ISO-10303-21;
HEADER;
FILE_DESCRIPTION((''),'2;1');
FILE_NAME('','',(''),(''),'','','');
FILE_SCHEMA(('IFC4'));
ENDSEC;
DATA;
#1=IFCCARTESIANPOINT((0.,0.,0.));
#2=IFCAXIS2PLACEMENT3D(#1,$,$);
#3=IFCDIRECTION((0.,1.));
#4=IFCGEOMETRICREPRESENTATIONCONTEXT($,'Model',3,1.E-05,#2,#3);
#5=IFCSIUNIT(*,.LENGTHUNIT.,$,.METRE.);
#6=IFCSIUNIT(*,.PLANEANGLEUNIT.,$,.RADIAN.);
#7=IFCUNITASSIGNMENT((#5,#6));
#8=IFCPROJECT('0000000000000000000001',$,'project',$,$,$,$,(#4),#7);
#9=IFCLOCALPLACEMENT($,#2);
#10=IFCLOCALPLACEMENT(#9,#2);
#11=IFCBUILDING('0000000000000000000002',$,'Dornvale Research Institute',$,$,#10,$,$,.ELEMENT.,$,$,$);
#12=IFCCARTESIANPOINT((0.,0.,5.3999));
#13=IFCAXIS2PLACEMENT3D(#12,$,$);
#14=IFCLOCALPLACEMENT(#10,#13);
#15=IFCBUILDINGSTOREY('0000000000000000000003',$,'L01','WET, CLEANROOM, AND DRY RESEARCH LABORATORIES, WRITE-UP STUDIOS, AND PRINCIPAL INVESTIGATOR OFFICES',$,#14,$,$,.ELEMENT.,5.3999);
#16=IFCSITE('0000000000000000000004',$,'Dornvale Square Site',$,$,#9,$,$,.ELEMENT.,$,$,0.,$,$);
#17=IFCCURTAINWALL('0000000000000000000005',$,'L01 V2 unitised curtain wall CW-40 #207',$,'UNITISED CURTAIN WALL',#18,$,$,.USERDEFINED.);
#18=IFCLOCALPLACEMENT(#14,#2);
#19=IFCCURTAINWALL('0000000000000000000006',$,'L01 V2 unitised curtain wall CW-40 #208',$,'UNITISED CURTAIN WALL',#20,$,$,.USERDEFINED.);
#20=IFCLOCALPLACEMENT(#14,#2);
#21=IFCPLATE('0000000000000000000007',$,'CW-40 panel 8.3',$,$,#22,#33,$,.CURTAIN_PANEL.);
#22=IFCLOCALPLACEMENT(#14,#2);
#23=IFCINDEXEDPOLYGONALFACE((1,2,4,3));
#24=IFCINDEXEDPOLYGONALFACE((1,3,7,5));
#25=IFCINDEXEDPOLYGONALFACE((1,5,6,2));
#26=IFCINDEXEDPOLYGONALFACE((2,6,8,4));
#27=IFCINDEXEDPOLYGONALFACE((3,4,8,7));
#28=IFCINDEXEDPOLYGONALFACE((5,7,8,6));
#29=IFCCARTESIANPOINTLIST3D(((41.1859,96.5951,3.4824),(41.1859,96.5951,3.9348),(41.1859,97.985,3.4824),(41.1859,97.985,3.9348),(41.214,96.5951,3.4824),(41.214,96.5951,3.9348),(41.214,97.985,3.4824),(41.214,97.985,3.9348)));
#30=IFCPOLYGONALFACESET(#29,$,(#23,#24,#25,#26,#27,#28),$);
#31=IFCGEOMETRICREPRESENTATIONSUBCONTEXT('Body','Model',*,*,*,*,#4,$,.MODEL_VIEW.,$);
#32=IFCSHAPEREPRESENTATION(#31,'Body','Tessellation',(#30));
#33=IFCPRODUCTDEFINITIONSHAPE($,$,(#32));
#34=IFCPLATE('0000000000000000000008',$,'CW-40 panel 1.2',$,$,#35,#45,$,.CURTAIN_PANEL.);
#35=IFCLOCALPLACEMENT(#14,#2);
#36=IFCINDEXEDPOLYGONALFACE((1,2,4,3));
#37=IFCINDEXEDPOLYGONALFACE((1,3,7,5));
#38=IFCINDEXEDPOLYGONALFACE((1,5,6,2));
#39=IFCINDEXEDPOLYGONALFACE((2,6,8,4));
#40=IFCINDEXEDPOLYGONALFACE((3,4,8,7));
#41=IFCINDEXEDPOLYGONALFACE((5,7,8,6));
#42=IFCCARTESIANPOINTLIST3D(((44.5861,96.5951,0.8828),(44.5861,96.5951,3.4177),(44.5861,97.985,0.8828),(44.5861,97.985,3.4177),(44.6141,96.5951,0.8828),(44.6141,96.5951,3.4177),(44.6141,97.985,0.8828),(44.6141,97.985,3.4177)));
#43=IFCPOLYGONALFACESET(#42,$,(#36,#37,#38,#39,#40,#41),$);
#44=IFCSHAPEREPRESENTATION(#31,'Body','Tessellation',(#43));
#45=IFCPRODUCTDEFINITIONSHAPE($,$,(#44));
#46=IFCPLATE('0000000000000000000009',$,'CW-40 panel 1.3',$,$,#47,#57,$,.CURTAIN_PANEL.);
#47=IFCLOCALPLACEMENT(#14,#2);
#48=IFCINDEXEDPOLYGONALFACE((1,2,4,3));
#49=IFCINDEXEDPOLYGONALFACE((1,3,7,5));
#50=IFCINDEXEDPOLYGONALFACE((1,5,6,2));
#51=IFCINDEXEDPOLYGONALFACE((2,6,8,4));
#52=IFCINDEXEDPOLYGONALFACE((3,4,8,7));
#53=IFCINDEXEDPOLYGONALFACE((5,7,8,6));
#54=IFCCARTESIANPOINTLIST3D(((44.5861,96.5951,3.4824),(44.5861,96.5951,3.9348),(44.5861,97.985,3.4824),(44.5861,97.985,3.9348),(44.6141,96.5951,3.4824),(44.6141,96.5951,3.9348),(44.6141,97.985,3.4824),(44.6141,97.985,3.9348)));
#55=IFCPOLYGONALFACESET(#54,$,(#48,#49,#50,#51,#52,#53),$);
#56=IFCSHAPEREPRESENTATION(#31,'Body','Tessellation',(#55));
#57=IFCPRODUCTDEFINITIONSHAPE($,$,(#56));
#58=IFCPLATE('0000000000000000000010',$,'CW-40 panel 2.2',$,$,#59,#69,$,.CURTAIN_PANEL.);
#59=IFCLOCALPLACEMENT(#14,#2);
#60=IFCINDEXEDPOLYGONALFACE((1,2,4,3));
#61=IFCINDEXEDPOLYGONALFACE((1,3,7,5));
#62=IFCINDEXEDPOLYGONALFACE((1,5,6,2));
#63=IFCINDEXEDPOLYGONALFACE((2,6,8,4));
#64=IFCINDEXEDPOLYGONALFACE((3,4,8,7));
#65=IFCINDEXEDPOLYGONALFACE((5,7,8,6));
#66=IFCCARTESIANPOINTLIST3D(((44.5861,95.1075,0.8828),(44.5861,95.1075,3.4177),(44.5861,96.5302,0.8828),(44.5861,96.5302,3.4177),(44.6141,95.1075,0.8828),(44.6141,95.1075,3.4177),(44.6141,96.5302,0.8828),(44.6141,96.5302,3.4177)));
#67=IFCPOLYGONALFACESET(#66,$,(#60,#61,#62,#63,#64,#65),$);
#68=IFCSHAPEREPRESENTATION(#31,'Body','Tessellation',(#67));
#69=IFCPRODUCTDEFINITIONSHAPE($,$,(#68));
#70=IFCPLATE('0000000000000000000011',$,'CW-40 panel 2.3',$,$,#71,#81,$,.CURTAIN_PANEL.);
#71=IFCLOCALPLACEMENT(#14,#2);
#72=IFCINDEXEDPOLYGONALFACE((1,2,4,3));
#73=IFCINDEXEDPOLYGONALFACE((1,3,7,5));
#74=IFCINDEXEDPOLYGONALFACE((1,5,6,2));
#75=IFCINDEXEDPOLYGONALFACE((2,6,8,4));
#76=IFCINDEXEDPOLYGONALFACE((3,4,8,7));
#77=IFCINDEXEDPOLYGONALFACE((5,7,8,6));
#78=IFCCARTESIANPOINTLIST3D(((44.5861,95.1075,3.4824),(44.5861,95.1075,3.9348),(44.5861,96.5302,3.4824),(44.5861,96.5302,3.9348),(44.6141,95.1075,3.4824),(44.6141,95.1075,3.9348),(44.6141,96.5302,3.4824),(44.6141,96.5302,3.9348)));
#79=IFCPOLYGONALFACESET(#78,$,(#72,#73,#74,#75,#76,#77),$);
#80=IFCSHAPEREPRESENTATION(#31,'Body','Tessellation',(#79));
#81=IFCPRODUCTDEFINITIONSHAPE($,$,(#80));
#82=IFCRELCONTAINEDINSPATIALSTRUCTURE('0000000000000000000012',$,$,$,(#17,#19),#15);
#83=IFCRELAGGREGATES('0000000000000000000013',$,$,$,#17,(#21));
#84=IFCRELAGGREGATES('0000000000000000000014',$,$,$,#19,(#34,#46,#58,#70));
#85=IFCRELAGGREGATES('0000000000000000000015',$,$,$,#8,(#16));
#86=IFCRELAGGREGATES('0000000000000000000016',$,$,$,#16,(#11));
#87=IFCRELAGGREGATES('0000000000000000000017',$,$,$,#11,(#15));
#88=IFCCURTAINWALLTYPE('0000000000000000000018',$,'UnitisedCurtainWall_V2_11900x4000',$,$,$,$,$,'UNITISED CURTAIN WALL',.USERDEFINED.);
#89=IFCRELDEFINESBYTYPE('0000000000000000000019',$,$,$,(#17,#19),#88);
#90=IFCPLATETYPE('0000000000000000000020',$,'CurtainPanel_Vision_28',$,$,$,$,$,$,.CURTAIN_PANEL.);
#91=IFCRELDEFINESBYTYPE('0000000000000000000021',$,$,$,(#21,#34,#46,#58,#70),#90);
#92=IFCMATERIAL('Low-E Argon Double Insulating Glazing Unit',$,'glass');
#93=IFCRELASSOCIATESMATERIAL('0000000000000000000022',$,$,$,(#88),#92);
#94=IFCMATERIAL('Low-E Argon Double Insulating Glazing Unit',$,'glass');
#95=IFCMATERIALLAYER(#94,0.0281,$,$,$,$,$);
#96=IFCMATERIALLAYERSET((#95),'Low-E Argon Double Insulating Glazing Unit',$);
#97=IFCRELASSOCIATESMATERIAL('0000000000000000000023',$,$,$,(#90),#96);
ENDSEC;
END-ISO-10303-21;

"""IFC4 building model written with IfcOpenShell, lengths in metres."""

from ifc_helpers import new_model, si_unit, direction, frame, origin, origin_2d, place, context, subcontext, project, spatial, rectangle, extrude, material, layer, layer_set, type_object, element, aggregate, save


model = new_model("IFC4")

# Units and contexts
model_context = context("Model", 3, precision=1e-05, world=origin(), true_north=direction((0.0, 1.0)))
body_context = subcontext(model_context, "Body", "Model", "MODEL_VIEW")
ifc_project = project(units=[si_unit("LENGTHUNIT", "METRE"), si_unit("PLANEANGLEUNIT", "RADIAN")], contexts=[model_context])

# Site, building, storey
site_placement = place(None, origin())
site = spatial("IfcSite", under=ifc_project, at=site_placement, Name="Dornvale Square Site", CompositionType="ELEMENT", RefElevation=0.0)
building_placement = place(site_placement, origin())
building = spatial("IfcBuilding", under=site, at=building_placement, Name="Dornvale Research Institute", CompositionType="ELEMENT")
storey_placement = place(building_placement, frame((0.0, 0.0, 5.3999)))
storey = spatial("IfcBuildingStorey", under=building, at=storey_placement, Name="L01", Description="WET, CLEANROOM, AND DRY RESEARCH LABORATORIES, WRITE-UP STUDIOS, AND PRINCIPAL INVESTIGATOR OFFICES", CompositionType="ELEMENT", Elevation=5.3999)

# Curtain walls
ifc_material_1 = material(Name="Low-E Argon Double Insulating Glazing Unit", Category="glass")
curtain_wall_type = type_object("IfcCurtainWallType", Name="UnitisedCurtainWall_V2_11900x4000", ElementType="UNITISED CURTAIN WALL", PredefinedType="USERDEFINED", material=ifc_material_1)
curtain_wall_1_placement = place(storey_placement, origin())
curtain_wall_1 = element("IfcCurtainWall", 1, at=curtain_wall_1_placement, inside=storey, type_object=curtain_wall_type, Name="L01 V2 unitised curtain wall CW-40 #207", ObjectType="UNITISED CURTAIN WALL", PredefinedType="USERDEFINED")
curtain_wall_2_placement = place(storey_placement, origin())
curtain_wall_2 = element("IfcCurtainWall", 2, at=curtain_wall_2_placement, inside=storey, type_object=curtain_wall_type, Name="L01 V2 unitised curtain wall CW-40 #208", ObjectType="UNITISED CURTAIN WALL", PredefinedType="USERDEFINED")

# Plates
ifc_material_2 = material(Name="Low-E Argon Double Insulating Glazing Unit", Category="glass")
ifc_layer_1 = layer(ifc_material_2, 0.0281)
ifc_layer_set_1 = layer_set([ifc_layer_1], Name="Low-E Argon Double Insulating Glazing Unit")
plate_type_1 = type_object("IfcPlateType", Name="CurtainPanel_Vision_28", PredefinedType="CURTAIN_PANEL", material=ifc_layer_set_1)
plate_1_placement = place(storey_placement, frame((41.2, 97.29, 3.4824), z_axis=(0.0, 0.0, 1.0), x_axis=(0.0, 1.0, 0.0)))
plate_1 = element("IfcPlate", 3, at=plate_1_placement, type_object=plate_type_1, Name="CW-40 panel 8.3", PredefinedType="CURTAIN_PANEL", context=body_context, shape_type="SweptSolid", body=[
    extrude(rectangle(XDim=1.3899, YDim=0.0281, at=origin_2d()), origin(), (0.0, 0.0, 1.0), 0.4524),
])
aggregate(curtain_wall_1, [plate_1])
plate_2_placement = place(storey_placement, frame((44.6001, 97.29, 0.8828), z_axis=(0.0, 0.0, 1.0), x_axis=(0.0, -1.0, 0.0)))
plate_2 = element("IfcPlate", 4, at=plate_2_placement, type_object=plate_type_1, Name="CW-40 panel 1.2", PredefinedType="CURTAIN_PANEL", context=body_context, shape_type="SweptSolid", body=[
    extrude(rectangle(XDim=1.3899, YDim=0.0281, at=origin_2d()), origin(), (0.0, 0.0, 1.0), 2.5349),
])
plate_3_placement = place(storey_placement, frame((44.6001, 97.29, 3.4824), z_axis=(0.0, 0.0, 1.0), x_axis=(0.0, -1.0, 0.0)))
plate_3 = element("IfcPlate", 5, at=plate_3_placement, type_object=plate_type_1, Name="CW-40 panel 1.3", PredefinedType="CURTAIN_PANEL", context=body_context, shape_type="SweptSolid", body=[
    extrude(rectangle(XDim=1.3899, YDim=0.0281, at=origin_2d()), origin(), (0.0, 0.0, 1.0), 0.4524),
])
plate_4_placement = place(storey_placement, frame((44.6001, 95.8188, 0.8828), z_axis=(0.0, 0.0, 1.0), x_axis=(0.0, -1.0, 0.0)))
plate_4 = element("IfcPlate", 6, at=plate_4_placement, type_object=plate_type_1, Name="CW-40 panel 2.2", PredefinedType="CURTAIN_PANEL", context=body_context, shape_type="SweptSolid", body=[
    extrude(rectangle(XDim=1.4226, YDim=0.0281, at=origin_2d()), origin(), (0.0, 0.0, 1.0), 2.5349),
])
plate_5_placement = place(storey_placement, frame((44.6001, 95.8188, 3.4824), z_axis=(0.0, 0.0, 1.0), x_axis=(0.0, -1.0, 0.0)))
plate_5 = element("IfcPlate", 7, at=plate_5_placement, type_object=plate_type_1, Name="CW-40 panel 2.3", PredefinedType="CURTAIN_PANEL", context=body_context, shape_type="SweptSolid", body=[
    extrude(rectangle(XDim=1.4226, YDim=0.0281, at=origin_2d()), origin(), (0.0, 0.0, 1.0), 0.4524),
])
aggregate(curtain_wall_2, [plate_2, plate_3, plate_4, plate_5])

save(model, "model.ifc")
